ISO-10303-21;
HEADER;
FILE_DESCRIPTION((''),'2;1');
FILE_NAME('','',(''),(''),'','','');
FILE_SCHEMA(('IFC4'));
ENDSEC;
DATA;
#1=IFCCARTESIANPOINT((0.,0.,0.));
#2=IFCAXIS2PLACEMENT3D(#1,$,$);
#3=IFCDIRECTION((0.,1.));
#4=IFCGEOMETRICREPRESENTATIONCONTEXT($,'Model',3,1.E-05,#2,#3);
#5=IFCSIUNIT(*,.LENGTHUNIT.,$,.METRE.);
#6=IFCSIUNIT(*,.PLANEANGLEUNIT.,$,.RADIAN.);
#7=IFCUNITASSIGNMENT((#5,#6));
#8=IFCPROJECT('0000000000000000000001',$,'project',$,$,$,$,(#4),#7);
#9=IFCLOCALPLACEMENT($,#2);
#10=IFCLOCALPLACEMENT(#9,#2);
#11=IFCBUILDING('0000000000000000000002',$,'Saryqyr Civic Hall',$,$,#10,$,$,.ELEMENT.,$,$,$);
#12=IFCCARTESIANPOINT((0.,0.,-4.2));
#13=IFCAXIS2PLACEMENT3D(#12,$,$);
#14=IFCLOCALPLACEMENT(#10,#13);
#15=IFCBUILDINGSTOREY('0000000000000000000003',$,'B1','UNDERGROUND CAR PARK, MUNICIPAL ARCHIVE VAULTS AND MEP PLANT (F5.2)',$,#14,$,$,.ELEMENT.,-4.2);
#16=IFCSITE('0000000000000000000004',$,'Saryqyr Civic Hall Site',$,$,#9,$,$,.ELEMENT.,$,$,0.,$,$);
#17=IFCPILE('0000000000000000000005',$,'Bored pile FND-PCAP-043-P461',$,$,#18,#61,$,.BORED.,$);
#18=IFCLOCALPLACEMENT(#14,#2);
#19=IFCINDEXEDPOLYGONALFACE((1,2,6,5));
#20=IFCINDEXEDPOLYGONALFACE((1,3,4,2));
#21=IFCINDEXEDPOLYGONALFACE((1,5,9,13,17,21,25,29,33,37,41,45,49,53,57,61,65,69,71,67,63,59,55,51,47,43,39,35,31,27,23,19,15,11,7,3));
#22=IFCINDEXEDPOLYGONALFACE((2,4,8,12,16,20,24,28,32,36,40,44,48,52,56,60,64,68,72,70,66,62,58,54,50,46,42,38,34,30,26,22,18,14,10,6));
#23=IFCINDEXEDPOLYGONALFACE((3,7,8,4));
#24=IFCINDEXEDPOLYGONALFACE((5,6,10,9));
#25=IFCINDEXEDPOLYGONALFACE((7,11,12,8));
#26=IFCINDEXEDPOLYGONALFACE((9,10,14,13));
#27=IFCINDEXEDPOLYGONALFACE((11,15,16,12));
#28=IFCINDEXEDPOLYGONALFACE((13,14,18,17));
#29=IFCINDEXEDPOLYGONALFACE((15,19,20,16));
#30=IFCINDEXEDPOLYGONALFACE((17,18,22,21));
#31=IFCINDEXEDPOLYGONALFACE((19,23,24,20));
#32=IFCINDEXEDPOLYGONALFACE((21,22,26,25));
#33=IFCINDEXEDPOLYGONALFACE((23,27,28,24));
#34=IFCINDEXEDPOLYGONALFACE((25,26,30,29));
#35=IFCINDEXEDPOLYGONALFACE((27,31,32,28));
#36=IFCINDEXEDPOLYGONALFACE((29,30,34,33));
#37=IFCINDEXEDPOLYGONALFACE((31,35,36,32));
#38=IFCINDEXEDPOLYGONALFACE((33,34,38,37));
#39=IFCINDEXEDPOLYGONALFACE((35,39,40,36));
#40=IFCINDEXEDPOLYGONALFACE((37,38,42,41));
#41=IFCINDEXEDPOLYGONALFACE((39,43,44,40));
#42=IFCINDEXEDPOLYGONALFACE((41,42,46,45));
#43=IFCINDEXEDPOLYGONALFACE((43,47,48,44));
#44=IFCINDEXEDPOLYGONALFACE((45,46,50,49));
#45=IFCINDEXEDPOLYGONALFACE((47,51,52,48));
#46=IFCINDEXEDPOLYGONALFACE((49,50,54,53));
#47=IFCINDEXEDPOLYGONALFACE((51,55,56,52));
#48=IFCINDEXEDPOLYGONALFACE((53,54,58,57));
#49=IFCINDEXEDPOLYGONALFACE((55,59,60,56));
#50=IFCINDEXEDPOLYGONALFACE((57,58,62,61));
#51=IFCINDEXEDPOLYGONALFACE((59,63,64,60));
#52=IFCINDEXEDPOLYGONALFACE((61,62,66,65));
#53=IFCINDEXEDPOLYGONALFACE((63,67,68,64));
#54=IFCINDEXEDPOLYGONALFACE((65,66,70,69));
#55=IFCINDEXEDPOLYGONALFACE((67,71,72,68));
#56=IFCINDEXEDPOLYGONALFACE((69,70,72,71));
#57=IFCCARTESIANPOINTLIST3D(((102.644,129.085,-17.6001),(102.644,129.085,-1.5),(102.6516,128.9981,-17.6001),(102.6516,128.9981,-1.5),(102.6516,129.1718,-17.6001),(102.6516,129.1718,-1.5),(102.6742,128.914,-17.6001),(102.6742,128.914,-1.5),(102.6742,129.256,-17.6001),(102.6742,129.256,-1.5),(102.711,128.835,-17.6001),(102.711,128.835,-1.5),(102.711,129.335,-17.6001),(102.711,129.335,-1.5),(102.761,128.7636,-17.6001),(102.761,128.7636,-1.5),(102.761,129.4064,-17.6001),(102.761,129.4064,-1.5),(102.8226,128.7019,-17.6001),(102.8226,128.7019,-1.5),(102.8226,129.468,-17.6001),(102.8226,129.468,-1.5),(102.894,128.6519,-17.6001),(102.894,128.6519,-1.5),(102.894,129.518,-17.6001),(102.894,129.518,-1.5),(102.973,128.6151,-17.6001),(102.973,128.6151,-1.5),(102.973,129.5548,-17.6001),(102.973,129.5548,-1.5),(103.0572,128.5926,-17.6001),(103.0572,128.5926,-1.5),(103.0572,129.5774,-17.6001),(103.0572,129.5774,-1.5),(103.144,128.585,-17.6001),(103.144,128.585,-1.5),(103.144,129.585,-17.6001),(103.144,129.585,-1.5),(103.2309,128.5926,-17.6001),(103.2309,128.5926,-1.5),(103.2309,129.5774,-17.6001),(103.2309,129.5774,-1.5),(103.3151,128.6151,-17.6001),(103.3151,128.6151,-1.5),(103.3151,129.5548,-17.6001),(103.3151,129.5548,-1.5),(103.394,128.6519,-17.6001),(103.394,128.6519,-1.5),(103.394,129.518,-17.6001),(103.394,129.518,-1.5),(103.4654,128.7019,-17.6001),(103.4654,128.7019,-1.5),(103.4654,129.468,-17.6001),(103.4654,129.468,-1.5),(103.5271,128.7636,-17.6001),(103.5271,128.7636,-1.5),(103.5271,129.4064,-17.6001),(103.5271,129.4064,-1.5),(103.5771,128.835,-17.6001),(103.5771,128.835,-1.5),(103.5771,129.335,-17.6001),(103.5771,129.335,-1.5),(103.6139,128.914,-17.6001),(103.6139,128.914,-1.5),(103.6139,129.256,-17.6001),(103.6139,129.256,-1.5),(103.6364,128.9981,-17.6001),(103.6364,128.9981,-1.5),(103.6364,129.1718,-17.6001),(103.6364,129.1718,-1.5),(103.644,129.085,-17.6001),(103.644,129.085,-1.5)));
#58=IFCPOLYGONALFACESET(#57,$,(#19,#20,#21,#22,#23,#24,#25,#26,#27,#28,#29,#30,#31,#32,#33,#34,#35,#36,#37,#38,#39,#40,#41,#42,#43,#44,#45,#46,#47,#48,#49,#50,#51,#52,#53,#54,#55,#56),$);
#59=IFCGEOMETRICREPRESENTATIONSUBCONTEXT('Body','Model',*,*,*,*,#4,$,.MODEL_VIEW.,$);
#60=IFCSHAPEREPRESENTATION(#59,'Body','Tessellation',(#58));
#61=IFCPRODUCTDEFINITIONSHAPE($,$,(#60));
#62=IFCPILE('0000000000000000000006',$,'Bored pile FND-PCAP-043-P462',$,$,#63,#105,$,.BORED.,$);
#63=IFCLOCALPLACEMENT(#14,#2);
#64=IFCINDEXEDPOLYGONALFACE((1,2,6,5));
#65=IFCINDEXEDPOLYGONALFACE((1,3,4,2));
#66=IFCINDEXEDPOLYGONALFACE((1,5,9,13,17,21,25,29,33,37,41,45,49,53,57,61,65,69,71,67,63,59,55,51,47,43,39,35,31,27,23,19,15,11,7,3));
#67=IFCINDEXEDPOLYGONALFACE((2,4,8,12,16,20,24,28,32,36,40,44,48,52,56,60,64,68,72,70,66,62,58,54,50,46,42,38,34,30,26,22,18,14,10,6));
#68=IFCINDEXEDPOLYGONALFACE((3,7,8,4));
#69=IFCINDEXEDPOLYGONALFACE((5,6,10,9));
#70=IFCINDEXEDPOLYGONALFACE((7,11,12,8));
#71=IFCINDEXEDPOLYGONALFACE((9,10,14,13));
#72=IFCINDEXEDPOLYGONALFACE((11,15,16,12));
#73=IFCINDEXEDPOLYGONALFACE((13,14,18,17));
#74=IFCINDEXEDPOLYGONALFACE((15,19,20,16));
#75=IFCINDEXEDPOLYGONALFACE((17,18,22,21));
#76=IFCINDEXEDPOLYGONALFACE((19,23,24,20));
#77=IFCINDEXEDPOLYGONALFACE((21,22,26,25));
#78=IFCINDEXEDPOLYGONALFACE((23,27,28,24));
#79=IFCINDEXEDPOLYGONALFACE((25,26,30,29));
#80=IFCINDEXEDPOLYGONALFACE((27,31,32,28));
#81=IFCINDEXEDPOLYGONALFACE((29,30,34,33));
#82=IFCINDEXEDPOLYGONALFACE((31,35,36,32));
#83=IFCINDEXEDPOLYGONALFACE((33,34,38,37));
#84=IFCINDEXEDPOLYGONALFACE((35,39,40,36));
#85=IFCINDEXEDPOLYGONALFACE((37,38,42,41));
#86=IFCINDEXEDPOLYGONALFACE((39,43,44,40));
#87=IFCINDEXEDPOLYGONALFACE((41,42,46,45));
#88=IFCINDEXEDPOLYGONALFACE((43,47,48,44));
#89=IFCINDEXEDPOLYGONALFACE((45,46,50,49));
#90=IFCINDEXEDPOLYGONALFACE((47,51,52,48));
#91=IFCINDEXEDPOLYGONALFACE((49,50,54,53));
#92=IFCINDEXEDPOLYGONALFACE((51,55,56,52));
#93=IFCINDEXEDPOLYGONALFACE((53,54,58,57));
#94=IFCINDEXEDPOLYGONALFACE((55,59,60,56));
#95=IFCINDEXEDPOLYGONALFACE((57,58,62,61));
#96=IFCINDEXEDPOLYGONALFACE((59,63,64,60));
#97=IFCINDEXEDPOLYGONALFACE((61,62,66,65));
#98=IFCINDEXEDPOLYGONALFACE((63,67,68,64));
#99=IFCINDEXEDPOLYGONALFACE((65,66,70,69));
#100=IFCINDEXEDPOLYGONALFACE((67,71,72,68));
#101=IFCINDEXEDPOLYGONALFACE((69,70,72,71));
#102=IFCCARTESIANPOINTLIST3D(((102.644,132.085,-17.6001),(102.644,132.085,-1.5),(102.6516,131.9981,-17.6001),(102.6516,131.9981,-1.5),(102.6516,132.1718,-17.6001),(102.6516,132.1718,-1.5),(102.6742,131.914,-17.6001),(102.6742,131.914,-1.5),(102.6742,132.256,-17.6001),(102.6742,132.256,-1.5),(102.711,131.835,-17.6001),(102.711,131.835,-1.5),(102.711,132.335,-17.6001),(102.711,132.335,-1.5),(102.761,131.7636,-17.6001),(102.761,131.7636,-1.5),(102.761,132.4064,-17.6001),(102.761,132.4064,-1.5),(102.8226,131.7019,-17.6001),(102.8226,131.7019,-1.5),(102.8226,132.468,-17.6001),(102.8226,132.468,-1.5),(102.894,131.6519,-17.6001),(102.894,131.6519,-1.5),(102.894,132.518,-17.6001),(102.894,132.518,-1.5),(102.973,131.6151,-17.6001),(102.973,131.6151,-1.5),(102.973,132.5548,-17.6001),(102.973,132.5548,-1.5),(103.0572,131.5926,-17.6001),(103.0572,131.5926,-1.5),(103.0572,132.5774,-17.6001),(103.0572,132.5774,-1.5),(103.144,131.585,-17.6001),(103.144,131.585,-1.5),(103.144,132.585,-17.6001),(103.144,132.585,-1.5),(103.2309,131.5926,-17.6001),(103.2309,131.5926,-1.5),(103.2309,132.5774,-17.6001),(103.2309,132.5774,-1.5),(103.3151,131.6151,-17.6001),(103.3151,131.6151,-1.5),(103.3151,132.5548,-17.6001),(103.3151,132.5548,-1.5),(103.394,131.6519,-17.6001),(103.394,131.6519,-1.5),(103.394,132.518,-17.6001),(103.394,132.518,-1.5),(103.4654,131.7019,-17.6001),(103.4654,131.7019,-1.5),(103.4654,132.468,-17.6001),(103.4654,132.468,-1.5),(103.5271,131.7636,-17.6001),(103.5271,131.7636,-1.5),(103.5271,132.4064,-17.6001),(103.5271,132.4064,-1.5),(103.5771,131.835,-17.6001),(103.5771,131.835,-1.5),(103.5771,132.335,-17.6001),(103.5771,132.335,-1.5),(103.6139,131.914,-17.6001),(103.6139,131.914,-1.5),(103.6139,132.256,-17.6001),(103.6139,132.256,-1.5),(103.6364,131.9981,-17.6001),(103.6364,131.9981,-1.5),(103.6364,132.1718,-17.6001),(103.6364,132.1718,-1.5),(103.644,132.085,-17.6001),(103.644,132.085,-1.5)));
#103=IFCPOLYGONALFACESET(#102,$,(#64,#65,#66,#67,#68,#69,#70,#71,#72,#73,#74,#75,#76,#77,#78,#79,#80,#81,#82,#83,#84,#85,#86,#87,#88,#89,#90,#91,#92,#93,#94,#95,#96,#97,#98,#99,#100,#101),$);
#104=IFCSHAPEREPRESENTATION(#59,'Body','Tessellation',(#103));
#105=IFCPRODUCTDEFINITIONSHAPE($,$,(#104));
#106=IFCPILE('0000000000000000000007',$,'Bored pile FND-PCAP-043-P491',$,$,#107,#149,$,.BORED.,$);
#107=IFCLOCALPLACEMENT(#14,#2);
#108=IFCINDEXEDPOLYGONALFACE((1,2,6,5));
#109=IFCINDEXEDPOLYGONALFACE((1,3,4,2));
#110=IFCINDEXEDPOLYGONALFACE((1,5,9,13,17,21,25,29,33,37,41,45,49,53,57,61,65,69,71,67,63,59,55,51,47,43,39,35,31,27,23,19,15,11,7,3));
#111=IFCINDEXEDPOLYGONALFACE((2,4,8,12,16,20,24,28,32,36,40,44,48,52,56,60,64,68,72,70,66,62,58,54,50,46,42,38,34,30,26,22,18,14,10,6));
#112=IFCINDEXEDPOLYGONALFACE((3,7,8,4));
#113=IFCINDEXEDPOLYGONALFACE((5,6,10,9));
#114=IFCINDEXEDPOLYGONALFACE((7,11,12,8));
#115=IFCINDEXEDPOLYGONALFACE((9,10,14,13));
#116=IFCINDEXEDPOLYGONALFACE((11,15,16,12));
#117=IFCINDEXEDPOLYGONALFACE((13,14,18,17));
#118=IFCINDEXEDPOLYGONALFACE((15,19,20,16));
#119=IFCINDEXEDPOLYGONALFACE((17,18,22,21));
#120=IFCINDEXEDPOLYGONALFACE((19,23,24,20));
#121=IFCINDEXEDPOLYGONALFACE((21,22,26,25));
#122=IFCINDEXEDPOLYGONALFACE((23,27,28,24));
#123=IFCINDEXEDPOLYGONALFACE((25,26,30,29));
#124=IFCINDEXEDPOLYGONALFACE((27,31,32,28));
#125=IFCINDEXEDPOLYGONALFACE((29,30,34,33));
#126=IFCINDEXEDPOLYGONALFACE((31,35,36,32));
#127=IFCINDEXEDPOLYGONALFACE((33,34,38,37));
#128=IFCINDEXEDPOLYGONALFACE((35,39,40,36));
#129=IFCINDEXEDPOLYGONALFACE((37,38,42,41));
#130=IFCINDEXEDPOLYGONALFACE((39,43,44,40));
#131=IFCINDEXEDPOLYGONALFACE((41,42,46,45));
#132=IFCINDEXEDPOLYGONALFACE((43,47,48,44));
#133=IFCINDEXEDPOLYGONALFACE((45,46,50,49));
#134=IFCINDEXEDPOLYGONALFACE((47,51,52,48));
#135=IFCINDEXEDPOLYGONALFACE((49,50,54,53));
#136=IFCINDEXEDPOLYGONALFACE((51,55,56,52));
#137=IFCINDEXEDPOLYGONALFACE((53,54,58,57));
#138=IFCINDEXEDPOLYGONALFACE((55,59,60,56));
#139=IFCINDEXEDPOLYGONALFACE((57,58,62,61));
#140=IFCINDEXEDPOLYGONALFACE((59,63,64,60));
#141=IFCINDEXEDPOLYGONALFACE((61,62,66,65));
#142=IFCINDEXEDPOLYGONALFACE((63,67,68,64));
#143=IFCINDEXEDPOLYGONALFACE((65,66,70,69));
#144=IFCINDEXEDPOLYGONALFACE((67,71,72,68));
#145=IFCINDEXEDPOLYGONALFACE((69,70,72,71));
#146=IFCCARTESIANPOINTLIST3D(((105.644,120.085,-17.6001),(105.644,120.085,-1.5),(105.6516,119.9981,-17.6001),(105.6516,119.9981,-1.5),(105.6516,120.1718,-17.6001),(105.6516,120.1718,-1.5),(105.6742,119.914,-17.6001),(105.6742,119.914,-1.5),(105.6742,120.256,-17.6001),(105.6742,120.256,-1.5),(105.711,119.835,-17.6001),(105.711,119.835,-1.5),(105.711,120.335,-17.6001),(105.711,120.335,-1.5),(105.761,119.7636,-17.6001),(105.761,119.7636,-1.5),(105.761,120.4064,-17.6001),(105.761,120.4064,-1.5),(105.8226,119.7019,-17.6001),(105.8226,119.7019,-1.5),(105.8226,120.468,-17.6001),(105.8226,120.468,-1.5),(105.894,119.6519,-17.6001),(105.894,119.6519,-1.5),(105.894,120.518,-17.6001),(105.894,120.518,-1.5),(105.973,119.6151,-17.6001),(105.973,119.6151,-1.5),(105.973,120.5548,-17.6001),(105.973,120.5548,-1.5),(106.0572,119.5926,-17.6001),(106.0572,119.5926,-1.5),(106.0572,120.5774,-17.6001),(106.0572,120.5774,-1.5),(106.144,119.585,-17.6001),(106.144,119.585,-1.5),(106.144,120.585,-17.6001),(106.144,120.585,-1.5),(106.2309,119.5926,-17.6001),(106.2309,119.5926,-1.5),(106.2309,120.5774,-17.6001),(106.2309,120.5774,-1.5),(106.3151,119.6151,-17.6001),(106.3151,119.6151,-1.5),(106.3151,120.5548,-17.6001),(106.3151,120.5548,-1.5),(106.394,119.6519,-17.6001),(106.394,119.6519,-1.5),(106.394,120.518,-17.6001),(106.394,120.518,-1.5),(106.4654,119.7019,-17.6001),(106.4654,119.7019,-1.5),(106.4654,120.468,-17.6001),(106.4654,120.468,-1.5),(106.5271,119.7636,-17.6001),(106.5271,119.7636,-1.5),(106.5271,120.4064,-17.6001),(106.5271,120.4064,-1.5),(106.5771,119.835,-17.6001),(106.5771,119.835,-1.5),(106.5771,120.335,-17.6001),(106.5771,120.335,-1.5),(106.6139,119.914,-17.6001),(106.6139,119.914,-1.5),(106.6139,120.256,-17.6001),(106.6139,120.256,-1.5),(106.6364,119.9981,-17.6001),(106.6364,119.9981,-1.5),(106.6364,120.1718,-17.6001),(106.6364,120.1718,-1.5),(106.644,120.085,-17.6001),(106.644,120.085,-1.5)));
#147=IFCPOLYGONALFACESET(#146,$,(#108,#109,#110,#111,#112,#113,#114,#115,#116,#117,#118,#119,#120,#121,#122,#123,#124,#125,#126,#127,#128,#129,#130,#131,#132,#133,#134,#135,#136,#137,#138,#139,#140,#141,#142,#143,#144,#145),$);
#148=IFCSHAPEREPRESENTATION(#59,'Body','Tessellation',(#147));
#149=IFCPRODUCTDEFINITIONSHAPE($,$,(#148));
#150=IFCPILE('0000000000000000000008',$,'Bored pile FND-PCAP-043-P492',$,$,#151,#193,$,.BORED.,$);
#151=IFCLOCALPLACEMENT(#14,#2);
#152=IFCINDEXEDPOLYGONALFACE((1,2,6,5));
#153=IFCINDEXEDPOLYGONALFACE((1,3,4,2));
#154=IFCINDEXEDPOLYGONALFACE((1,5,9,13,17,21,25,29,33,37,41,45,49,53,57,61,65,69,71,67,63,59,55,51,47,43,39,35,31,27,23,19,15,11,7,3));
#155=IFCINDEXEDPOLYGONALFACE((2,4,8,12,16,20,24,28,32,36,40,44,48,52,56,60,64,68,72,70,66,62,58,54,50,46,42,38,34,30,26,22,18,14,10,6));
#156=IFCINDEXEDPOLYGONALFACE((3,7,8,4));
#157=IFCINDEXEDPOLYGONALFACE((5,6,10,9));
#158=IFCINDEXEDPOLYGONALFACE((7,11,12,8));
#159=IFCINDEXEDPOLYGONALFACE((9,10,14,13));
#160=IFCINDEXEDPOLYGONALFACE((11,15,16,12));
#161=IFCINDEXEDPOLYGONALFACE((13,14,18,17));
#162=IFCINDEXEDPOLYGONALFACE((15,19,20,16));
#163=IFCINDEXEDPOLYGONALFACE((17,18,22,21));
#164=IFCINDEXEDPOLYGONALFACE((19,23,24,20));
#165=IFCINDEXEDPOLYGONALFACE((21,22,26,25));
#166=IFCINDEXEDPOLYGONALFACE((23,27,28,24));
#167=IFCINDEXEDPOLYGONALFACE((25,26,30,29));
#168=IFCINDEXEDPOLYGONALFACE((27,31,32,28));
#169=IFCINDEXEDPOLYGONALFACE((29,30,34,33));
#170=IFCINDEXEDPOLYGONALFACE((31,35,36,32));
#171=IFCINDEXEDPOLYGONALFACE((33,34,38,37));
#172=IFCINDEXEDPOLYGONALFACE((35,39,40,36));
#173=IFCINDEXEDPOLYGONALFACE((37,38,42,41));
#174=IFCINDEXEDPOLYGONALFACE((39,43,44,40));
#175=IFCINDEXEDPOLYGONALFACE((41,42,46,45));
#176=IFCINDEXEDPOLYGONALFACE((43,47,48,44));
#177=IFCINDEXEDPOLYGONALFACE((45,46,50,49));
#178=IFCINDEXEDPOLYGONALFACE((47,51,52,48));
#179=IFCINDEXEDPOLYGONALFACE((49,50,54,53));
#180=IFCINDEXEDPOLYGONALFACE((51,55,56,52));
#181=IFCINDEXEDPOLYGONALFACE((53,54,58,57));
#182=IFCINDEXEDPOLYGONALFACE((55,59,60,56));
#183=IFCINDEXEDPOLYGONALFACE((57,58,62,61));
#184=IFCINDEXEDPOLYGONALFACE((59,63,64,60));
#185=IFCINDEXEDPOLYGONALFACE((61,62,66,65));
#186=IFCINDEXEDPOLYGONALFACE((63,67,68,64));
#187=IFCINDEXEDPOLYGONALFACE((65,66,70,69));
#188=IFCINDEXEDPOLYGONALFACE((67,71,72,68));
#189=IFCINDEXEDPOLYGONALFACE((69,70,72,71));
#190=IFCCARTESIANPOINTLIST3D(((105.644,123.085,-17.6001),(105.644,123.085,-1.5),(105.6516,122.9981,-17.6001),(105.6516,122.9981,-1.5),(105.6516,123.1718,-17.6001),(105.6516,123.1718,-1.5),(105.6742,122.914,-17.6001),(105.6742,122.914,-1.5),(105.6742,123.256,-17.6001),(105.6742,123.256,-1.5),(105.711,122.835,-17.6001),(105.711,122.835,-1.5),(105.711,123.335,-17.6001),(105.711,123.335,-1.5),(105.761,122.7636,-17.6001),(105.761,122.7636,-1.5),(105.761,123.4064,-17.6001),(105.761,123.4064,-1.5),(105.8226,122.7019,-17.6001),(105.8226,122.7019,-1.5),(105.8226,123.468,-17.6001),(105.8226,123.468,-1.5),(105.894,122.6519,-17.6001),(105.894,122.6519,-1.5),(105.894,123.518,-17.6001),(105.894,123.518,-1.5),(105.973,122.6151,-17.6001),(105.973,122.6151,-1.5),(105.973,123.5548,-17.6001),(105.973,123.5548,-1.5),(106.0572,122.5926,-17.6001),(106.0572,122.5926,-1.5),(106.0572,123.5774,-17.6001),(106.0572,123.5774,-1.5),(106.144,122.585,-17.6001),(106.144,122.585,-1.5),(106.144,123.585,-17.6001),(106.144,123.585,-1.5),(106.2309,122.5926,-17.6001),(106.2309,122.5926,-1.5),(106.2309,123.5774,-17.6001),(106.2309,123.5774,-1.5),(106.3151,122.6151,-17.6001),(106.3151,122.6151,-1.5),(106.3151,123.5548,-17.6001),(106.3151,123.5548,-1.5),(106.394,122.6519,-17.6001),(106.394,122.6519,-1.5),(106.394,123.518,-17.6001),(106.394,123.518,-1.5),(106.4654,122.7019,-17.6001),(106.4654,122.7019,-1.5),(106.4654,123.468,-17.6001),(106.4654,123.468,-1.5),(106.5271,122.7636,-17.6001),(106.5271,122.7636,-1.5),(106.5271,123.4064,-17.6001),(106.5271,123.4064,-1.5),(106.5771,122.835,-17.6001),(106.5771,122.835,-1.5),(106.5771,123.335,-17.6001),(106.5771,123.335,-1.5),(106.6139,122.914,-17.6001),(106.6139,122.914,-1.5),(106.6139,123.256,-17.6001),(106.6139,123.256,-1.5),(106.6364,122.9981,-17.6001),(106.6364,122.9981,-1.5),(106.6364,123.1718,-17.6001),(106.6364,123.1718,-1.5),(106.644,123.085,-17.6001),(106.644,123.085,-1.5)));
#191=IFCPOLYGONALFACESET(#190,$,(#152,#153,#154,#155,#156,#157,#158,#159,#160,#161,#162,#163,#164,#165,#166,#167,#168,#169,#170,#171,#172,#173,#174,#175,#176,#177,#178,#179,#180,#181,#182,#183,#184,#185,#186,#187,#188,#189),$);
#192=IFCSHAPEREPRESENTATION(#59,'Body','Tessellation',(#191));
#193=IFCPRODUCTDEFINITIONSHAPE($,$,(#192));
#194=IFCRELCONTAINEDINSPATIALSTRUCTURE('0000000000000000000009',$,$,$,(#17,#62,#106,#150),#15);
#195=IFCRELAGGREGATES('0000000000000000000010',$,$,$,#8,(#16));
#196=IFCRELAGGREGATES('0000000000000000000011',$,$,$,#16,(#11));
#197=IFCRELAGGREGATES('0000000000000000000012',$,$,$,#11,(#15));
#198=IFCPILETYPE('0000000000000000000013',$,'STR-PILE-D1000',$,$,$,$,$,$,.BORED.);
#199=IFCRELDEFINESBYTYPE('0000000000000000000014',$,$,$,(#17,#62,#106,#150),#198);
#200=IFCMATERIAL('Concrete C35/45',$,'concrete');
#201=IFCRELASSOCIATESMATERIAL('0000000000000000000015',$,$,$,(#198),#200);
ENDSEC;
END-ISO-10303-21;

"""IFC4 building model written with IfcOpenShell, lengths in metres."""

from ifc_helpers import new_model, si_unit, direction, frame, origin, origin_2d, place, context, subcontext, project, spatial, circle, extrude, material, material_profile, profile_set, type_object, element, save


model = new_model("IFC4")

# Units and contexts
model_context = context("Model", 3, precision=1e-05, world=origin(), true_north=direction((0.0, 1.0)))
body_context = subcontext(model_context, "Body", "Model", "MODEL_VIEW")
ifc_project = project(units=[si_unit("LENGTHUNIT", "METRE"), si_unit("PLANEANGLEUNIT", "RADIAN")], contexts=[model_context])

# Site, building, storey
site_placement = place(None, origin())
site = spatial("IfcSite", under=ifc_project, at=site_placement, Name="Saryqyr Civic Hall Site", CompositionType="ELEMENT", RefElevation=0.0)
building_placement = place(site_placement, origin())
building = spatial("IfcBuilding", under=site, at=building_placement, Name="Saryqyr Civic Hall", CompositionType="ELEMENT")
storey_placement = place(building_placement, frame((0.0, 0.0, -4.2)))
storey = spatial("IfcBuildingStorey", under=building, at=storey_placement, Name="B1", Description="UNDERGROUND CAR PARK, MUNICIPAL ARCHIVE VAULTS AND MEP PLANT (F5.2)", CompositionType="ELEMENT", Elevation=-4.2)

# Piles
ifc_material_1 = material(Name="Concrete C35/45", Category="concrete")
ifc_material_profile_1 = material_profile(ifc_material_1, circle(Radius=0.5, at=origin_2d()), Name="BORED PILE D1000")
ifc_profile_set_1 = profile_set([ifc_material_profile_1], Name="Concrete C35/45")
pile_type = type_object("IfcPileType", Name="STR-PILE-D1000", PredefinedType="BORED", material=ifc_profile_set_1)
for number, where, z_axis, x_axis, name in (
    (1, (103.144, 129.085, -1.5), (0.0, 0.0, -1.0), (1.0, 0.0, 0.0), "Bored pile FND-PCAP-043-P461"),
    (2, (103.144, 132.085, -1.5), (0.0, 0.0, -1.0), (1.0, 0.0, 0.0), "Bored pile FND-PCAP-043-P462"),
    (3, (106.144, 120.085, -1.5), (0.0, 0.0, -1.0), (1.0, 0.0, 0.0), "Bored pile FND-PCAP-043-P491"),
    (4, (106.144, 123.085, -1.5), (0.0, 0.0, -1.0), (1.0, 0.0, 0.0), "Bored pile FND-PCAP-043-P492"),
):
    element("IfcPile", number, at=place(storey_placement, frame(where, z_axis=z_axis, x_axis=x_axis)), inside=storey, type_object=pile_type, Name=name, PredefinedType="BORED", context=body_context, shape_type="SweptSolid", body=[
        extrude(circle(Radius=0.5, at=origin_2d()), origin(), (0.0, 0.0, 1.0), 16.1001),
    ])

save(model, "model.ifc")
